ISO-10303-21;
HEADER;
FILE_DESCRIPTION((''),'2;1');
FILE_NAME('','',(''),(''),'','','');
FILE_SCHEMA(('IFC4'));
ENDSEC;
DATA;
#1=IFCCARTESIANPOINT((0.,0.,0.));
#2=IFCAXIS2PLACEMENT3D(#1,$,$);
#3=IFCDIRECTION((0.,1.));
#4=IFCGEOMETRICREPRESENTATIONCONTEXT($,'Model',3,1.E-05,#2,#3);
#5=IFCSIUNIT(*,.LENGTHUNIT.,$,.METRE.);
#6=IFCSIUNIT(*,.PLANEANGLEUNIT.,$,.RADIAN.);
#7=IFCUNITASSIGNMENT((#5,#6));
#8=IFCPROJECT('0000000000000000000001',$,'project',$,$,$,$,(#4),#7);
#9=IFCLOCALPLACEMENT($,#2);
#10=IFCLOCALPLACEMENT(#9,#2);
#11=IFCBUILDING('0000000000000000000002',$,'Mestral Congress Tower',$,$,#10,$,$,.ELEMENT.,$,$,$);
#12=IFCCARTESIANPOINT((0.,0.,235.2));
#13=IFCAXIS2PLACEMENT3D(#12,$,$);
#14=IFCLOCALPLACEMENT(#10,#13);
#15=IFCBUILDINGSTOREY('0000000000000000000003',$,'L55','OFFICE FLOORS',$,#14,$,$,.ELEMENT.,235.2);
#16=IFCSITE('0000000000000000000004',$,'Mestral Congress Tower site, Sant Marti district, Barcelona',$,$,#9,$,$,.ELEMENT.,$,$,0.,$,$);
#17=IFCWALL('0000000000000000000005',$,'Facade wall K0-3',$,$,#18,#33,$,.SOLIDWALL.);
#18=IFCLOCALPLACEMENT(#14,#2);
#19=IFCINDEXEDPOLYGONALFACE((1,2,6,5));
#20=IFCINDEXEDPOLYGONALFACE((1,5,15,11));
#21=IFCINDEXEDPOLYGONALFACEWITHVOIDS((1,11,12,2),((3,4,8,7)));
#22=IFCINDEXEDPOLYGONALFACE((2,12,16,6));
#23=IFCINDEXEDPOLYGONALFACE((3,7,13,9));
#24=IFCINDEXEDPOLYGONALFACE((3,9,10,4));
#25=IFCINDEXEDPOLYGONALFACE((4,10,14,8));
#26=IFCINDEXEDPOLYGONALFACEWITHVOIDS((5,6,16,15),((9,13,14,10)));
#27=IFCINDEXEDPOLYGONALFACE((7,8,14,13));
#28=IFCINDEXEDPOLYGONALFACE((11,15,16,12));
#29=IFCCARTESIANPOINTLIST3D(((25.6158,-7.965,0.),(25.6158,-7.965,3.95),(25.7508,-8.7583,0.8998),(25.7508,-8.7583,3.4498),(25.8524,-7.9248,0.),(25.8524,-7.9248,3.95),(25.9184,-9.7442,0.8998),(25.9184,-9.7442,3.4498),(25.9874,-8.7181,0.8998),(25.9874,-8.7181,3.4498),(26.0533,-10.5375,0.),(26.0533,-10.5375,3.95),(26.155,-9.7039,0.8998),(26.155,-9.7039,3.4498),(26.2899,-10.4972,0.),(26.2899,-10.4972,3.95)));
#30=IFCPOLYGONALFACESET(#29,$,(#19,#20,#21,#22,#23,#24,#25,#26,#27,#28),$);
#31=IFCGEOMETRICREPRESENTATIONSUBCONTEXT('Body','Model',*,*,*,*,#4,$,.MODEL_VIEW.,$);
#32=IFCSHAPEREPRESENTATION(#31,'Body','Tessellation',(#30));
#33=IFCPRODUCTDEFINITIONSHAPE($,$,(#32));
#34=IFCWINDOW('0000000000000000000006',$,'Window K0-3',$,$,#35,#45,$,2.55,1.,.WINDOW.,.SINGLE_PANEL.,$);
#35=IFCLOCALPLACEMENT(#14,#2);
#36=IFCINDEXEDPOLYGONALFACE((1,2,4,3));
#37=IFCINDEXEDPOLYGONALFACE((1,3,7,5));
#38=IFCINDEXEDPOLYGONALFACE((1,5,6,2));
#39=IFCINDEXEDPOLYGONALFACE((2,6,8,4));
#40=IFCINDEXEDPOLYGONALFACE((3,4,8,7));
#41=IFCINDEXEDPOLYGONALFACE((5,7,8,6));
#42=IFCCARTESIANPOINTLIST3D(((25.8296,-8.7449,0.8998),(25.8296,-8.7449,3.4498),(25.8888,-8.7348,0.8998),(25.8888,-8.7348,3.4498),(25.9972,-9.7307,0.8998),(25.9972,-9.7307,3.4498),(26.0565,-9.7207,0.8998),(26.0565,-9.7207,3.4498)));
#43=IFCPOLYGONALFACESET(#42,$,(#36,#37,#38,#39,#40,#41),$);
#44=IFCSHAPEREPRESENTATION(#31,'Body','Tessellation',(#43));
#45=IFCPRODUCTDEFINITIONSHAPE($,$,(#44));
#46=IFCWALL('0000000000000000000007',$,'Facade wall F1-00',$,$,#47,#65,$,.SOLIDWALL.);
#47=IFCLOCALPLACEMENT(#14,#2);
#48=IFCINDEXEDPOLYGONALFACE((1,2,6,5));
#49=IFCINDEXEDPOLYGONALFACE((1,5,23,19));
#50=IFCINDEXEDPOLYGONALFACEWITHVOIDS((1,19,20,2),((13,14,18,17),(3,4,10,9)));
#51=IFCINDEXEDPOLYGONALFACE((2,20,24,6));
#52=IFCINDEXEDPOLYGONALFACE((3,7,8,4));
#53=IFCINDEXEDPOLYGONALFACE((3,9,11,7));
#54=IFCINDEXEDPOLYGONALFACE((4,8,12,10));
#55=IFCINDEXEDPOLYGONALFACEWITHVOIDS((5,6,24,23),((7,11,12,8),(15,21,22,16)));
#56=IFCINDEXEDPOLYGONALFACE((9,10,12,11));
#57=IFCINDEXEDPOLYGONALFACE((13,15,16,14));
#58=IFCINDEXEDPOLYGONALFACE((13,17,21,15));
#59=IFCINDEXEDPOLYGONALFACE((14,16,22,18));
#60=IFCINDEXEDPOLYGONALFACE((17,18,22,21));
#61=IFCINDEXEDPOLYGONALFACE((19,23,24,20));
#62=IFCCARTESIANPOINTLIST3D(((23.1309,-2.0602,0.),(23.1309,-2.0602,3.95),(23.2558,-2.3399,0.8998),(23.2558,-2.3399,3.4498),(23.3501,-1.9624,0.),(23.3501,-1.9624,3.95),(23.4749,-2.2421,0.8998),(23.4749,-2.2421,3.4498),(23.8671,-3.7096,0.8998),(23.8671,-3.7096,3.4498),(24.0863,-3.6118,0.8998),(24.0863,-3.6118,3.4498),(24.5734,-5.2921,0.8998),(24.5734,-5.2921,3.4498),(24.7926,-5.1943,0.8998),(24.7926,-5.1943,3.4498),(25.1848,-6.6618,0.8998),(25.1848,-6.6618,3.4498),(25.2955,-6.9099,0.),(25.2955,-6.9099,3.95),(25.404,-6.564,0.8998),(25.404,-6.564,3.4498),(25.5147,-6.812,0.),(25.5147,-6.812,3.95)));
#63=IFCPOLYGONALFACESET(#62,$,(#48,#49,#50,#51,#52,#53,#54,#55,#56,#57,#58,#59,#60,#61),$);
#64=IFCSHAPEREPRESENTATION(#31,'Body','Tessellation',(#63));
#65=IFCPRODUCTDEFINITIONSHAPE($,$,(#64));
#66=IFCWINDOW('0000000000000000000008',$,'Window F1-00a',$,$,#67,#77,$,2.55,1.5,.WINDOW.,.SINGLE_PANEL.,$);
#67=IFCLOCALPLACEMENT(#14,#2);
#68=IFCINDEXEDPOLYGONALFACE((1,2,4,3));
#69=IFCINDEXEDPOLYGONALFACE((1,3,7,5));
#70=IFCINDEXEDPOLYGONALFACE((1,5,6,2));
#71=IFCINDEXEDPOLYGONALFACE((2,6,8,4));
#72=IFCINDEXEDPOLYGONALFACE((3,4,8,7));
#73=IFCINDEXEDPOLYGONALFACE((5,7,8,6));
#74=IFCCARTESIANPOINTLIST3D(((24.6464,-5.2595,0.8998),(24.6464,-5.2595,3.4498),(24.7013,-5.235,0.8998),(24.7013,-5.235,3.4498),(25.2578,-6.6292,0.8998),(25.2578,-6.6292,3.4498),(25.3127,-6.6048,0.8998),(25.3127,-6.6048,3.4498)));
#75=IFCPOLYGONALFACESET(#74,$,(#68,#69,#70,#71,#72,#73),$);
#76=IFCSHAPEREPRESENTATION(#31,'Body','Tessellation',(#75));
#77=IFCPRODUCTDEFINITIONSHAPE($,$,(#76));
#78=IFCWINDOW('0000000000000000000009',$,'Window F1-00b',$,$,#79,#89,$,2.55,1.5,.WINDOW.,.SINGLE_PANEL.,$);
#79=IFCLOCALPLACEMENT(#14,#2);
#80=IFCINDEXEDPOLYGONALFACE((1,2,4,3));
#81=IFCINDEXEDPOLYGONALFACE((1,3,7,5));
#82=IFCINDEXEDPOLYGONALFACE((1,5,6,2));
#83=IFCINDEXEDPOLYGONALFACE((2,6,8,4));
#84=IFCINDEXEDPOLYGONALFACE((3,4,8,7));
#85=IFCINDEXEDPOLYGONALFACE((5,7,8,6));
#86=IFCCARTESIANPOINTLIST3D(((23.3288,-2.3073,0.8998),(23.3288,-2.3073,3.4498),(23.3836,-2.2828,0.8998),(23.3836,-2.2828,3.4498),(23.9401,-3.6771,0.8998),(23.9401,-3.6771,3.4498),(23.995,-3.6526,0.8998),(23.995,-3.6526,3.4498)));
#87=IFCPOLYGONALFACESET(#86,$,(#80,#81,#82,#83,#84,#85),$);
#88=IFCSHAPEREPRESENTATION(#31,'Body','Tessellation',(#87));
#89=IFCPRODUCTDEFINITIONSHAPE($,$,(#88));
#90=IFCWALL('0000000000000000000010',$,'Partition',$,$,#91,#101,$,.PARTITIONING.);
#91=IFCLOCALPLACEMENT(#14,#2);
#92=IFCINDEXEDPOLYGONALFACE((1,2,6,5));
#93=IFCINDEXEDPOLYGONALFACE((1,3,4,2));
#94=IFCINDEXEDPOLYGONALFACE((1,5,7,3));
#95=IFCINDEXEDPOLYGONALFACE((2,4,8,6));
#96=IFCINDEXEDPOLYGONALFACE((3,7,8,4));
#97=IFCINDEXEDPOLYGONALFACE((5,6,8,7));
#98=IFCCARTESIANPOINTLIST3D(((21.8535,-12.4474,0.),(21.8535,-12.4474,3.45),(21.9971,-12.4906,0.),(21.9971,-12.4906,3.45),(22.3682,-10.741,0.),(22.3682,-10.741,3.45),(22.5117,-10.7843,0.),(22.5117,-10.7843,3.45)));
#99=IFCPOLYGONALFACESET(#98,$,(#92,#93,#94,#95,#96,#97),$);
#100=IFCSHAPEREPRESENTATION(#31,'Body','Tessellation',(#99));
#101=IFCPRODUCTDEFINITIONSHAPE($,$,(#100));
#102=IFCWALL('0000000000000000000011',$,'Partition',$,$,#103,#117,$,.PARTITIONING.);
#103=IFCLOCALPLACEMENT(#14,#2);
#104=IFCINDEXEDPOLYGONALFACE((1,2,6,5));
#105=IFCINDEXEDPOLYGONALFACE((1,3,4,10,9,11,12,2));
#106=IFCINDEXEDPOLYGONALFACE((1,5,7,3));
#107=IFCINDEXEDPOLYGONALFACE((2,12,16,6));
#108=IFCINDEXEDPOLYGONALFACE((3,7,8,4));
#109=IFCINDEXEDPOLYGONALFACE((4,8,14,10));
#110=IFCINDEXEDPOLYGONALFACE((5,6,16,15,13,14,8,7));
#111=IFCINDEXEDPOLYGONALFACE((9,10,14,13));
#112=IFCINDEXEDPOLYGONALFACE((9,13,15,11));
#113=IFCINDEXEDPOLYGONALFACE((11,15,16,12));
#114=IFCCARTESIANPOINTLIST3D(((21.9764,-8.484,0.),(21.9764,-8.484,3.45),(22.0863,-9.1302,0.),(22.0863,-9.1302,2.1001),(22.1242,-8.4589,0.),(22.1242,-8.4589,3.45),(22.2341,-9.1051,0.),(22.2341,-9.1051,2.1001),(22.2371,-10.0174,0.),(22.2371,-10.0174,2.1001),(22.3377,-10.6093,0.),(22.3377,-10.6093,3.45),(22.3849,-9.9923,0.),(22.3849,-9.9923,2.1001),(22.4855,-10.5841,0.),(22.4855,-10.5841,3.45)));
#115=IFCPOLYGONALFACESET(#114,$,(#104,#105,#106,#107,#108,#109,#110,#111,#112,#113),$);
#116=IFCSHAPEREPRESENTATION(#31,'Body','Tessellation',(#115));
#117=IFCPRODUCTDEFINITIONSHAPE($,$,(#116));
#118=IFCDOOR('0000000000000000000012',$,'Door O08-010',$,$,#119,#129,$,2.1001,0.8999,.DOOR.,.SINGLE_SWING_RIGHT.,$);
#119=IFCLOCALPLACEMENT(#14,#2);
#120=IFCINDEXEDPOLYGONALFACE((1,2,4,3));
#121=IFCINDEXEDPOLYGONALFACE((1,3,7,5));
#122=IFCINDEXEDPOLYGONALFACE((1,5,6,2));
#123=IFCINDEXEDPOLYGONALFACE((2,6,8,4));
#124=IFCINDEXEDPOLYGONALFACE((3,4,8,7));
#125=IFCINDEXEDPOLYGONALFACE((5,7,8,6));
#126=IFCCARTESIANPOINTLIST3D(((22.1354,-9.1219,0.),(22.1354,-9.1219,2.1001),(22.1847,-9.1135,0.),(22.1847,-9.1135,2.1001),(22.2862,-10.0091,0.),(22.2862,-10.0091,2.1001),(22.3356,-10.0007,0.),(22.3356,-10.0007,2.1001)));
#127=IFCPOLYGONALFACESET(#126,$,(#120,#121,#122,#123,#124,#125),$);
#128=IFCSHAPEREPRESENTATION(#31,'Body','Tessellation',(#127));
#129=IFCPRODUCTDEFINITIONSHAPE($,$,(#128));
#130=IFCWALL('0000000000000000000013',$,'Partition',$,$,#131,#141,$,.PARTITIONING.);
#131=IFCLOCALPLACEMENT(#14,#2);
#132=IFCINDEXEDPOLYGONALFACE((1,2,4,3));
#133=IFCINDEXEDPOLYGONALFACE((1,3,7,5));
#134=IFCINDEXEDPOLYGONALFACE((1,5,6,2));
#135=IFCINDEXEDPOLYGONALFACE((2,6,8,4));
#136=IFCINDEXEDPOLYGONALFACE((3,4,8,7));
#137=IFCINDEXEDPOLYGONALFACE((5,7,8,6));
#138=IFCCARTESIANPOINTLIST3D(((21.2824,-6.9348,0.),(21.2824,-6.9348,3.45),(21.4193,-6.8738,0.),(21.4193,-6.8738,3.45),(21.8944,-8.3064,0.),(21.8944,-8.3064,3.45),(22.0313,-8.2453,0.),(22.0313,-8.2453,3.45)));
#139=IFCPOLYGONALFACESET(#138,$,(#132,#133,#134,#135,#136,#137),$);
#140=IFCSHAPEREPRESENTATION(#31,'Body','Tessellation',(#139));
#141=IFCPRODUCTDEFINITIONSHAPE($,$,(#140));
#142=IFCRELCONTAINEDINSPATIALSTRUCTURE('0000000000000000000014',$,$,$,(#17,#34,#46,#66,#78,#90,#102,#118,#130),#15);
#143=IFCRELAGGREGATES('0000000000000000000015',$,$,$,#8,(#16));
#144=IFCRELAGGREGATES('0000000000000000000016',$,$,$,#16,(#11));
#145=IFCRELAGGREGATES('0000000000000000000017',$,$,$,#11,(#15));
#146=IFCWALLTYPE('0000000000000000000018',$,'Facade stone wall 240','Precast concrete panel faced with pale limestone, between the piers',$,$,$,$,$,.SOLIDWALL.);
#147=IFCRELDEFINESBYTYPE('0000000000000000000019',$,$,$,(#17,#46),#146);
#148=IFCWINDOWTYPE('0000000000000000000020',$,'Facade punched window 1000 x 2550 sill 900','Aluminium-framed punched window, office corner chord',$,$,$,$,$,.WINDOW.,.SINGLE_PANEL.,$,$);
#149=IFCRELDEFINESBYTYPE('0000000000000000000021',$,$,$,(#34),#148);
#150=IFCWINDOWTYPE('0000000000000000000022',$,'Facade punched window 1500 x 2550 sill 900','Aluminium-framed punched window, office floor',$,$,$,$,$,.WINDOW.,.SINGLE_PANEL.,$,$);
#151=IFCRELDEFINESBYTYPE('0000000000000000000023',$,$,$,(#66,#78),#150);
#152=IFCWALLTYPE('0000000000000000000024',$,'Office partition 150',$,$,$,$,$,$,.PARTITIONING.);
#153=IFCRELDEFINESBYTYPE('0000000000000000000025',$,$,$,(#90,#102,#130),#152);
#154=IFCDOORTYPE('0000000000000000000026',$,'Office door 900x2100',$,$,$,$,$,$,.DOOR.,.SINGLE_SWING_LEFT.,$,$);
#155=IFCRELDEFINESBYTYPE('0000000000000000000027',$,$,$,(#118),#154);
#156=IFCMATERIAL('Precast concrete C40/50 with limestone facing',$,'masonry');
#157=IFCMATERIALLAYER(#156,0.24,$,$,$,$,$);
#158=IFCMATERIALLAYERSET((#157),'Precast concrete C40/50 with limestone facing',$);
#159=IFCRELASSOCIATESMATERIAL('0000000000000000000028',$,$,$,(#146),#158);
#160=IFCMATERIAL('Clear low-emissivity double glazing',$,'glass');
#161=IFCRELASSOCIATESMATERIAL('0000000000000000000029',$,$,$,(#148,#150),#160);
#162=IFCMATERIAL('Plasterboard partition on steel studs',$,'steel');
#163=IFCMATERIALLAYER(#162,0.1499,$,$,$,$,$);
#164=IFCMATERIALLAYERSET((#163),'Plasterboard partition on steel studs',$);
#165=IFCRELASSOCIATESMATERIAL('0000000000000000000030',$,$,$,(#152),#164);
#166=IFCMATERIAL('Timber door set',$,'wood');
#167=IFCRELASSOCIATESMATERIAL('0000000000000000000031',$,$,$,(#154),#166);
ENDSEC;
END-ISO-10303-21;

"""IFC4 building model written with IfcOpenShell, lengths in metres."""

from ifc_helpers import new_model, si_unit, direction, frame, frame_2d, origin, place, context, subcontext, project, spatial, rectangle, extrude, material, layer, layer_set, type_object, element, fill, save


model = new_model("IFC4")

# Units and contexts
model_context = context("Model", 3, precision=1e-05, world=origin(), true_north=direction((0.0, 1.0)))
body_context = subcontext(model_context, "Body", "Model", "MODEL_VIEW")
ifc_project = project(units=[si_unit("LENGTHUNIT", "METRE"), si_unit("PLANEANGLEUNIT", "RADIAN")], contexts=[model_context])

# Site, building, storey
site_placement = place(None, origin())
site = spatial("IfcSite", under=ifc_project, at=site_placement, Name="Mestral Congress Tower site, Sant Marti district, Barcelona", CompositionType="ELEMENT", RefElevation=0.0)
building_placement = place(site_placement, origin())
building = spatial("IfcBuilding", under=site, at=building_placement, Name="Mestral Congress Tower", CompositionType="ELEMENT")
storey_placement = place(building_placement, frame((0.0, 0.0, 235.2)))
storey = spatial("IfcBuildingStorey", under=building, at=storey_placement, Name="L55", Description="OFFICE FLOORS", CompositionType="ELEMENT", Elevation=235.2)

# Wall, opening, window
ifc_material_1 = material(Name="Precast concrete C40/50 with limestone facing", Category="masonry")
ifc_layer_1 = layer(ifc_material_1, 0.24)
ifc_layer_set_1 = layer_set([ifc_layer_1], Name="Precast concrete C40/50 with limestone facing")
wall_type_1 = type_object("IfcWallType", Name="Facade stone wall 240", Description="Precast concrete panel faced with pale limestone, between the piers", PredefinedType="SOLIDWALL", material=ifc_layer_set_1)
ifc_material_2 = material(Name="Clear low-emissivity double glazing", Category="glass")
window_type_1 = type_object("IfcWindowType", Name="Facade punched window 1000 x 2550 sill 900", Description="Aluminium-framed punched window, office corner chord", PartitioningType="SINGLE_PANEL", PredefinedType="WINDOW", material=ifc_material_2)
wall_1_placement = place(storey_placement, frame((26.1716, -10.5173, 0.0), z_axis=(0.0, 0.0, 1.0), x_axis=(-0.16766, 0.985845, 0.0)))
wall_1 = element("IfcWall", 1, at=wall_1_placement, inside=storey, type_object=wall_type_1, Name="Facade wall K0-3", PredefinedType="SOLIDWALL", context=body_context, shape_type="SweptSolid", body=[
    extrude(rectangle(XDim=2.6094, YDim=0.24, at=frame_2d((1.3047, 0.0))), origin(), (0.0, 0.0, 1.0), 3.95),
])
opening_1_placement = place(wall_1_placement, frame((0.8047, 0.0, 0.8999)))
opening_1 = element("IfcOpeningElement", 2, at=opening_1_placement, cuts=wall_1, PredefinedType="OPENING", context=body_context, shape_type="SweptSolid", body=[
    extrude(rectangle(XDim=1.0, YDim=2.55, at=frame_2d((0.5, 1.2749))), frame((0.0, 0.1299, 0.0), z_axis=(0.0, -1.0, 0.0), x_axis=(1.0, 0.0, 0.0)), (0.0, 0.0, 1.0), 0.26),
])
window_1_placement = place(opening_1_placement, origin())
window_1 = element("IfcWindow", 3, at=window_1_placement, inside=storey, type_object=window_type_1, Name="Window K0-3", OverallHeight=2.55, OverallWidth=1.0, PartitioningType="SINGLE_PANEL", PredefinedType="WINDOW", context=body_context, shape_type="SweptSolid", body=[
    extrude(rectangle(XDim=1.0, YDim=2.55, at=frame_2d((0.5, 1.2749))), frame((0.0, 0.04, 0.0), z_axis=(0.0, -1.0, 0.0), x_axis=(1.0, 0.0, 0.0)), (0.0, 0.0, 1.0), 0.0601),
])
fill(opening_1, window_1)

# Wall, openings, windows
wall_2_placement = place(storey_placement, frame((25.405, -6.8608, 0.0), z_axis=(0.0, 0.0, 1.0), x_axis=(-0.40758, 0.91317, 0.0)))
wall_2 = element("IfcWall", 4, at=wall_2_placement, inside=storey, type_object=wall_type_1, Name="Facade wall F1-00", PredefinedType="SOLIDWALL", context=body_context, shape_type="SweptSolid", body=[
    extrude(rectangle(XDim=5.3108, YDim=0.24, at=frame_2d((2.6553, 0.0))), origin(), (0.0, 0.0, 1.0), 3.95),
])
opening_2_placement = place(wall_2_placement, frame((0.2715, 0.0, 0.8999)))
opening_2 = element("IfcOpeningElement", 5, at=opening_2_placement, cuts=wall_2, PredefinedType="OPENING", context=body_context, shape_type="SweptSolid", body=[
    extrude(rectangle(XDim=1.5, YDim=2.55, at=frame_2d((0.75, 1.2749))), frame((0.0, 0.1299, 0.0), z_axis=(0.0, -1.0, 0.0), x_axis=(1.0, 0.0, 0.0)), (0.0, 0.0, 1.0), 0.26),
])
opening_3_placement = place(wall_2_placement, frame((3.5044, 0.0, 0.8999)))
opening_3 = element("IfcOpeningElement", 6, at=opening_3_placement, cuts=wall_2, PredefinedType="OPENING", context=body_context, shape_type="SweptSolid", body=[
    extrude(rectangle(XDim=1.5, YDim=2.55, at=frame_2d((0.75, 1.2749))), frame((0.0, 0.1299, 0.0), z_axis=(0.0, -1.0, 0.0), x_axis=(1.0, 0.0, 0.0)), (0.0, 0.0, 1.0), 0.26),
])
window_type_2 = type_object("IfcWindowType", Name="Facade punched window 1500 x 2550 sill 900", Description="Aluminium-framed punched window, office floor", PartitioningType="SINGLE_PANEL", PredefinedType="WINDOW", material=ifc_material_2)
window_2_placement = place(opening_2_placement, origin())
window_2 = element("IfcWindow", 7, at=window_2_placement, inside=storey, type_object=window_type_2, Name="Window F1-00a", OverallHeight=2.55, OverallWidth=1.5, PartitioningType="SINGLE_PANEL", PredefinedType="WINDOW", context=body_context, shape_type="SweptSolid", body=[
    extrude(rectangle(XDim=1.5, YDim=2.55, at=frame_2d((0.75, 1.2749))), frame((0.0, 0.04, 0.0), z_axis=(0.0, -1.0, 0.0), x_axis=(1.0, 0.0, 0.0)), (0.0, 0.0, 1.0), 0.0601),
])
fill(opening_2, window_2)
window_3_placement = place(opening_3_placement, origin())
window_3 = element("IfcWindow", 8, at=window_3_placement, inside=storey, type_object=window_type_2, Name="Window F1-00b", OverallHeight=2.55, OverallWidth=1.5, PartitioningType="SINGLE_PANEL", PredefinedType="WINDOW", context=body_context, shape_type="SweptSolid", body=[
    extrude(rectangle(XDim=1.5, YDim=2.55, at=frame_2d((0.75, 1.2749))), frame((0.0, 0.04, 0.0), z_axis=(0.0, -1.0, 0.0), x_axis=(1.0, 0.0, 0.0)), (0.0, 0.0, 1.0), 0.0601),
])
fill(opening_3, window_3)

# Wall
ifc_material_3 = material(Name="Plasterboard partition on steel studs", Category="steel")
ifc_layer_2 = layer(ifc_material_3, 0.1499)
ifc_layer_set_2 = layer_set([ifc_layer_2], Name="Plasterboard partition on steel studs")
wall_type_2 = type_object("IfcWallType", Name="Office partition 150", PredefinedType="PARTITIONING", material=ifc_layer_set_2)
wall_3_placement = place(storey_placement, frame((21.9253, -12.469, 0.0), z_axis=(0.0, 0.0, 1.0), x_axis=(0.288768, 0.957399, 0.0)))
element("IfcWall", 9, at=wall_3_placement, inside=storey, type_object=wall_type_2, Name="Partition", PredefinedType="PARTITIONING", context=body_context, shape_type="SweptSolid", body=[
    extrude(rectangle(XDim=1.7822, YDim=0.1499, at=frame_2d((0.8911, 0.0))), origin(), (0.0, 0.0, 1.0), 3.45),
])

# Wall, opening, door
wall_4_placement = place(storey_placement, frame((22.0503, -8.4714, 0.0), z_axis=(0.0, 0.0, 1.0), x_axis=(0.167612, -0.985853, 0.0)))
wall_4 = element("IfcWall", 10, at=wall_4_placement, inside=storey, type_object=wall_type_2, Name="Partition", PredefinedType="PARTITIONING", context=body_context, shape_type="SweptSolid", body=[
    extrude(rectangle(XDim=2.1558, YDim=0.1499, at=frame_2d((1.0779, 0.0))), origin(), (0.0, 0.0, 1.0), 3.45),
])
opening_4_placement = place(wall_4_placement, frame((0.6555, 0.0, 0.0)))
opening_4 = element("IfcOpeningElement", 11, at=opening_4_placement, cuts=wall_4, PredefinedType="OPENING", context=body_context, shape_type="SweptSolid", body=[
    extrude(rectangle(XDim=0.8999, YDim=2.1001, at=frame_2d((0.45, 1.05))), frame((0.0, 0.085, 0.0), z_axis=(0.0, -1.0, 0.0), x_axis=(1.0, 0.0, 0.0)), (0.0, 0.0, 1.0), 0.1699),
])
ifc_material_4 = material(Name="Timber door set", Category="wood")
door_type = type_object("IfcDoorType", Name="Office door 900x2100", OperationType="SINGLE_SWING_LEFT", PredefinedType="DOOR", material=ifc_material_4)
door_placement = place(opening_4_placement, origin())
door = element("IfcDoor", 12, at=door_placement, inside=storey, type_object=door_type, Name="Door O08-010", OperationType="SINGLE_SWING_RIGHT", OverallHeight=2.1001, OverallWidth=0.8999, PredefinedType="DOOR", context=body_context, shape_type="SweptSolid", body=[
    extrude(rectangle(XDim=0.8999, YDim=2.1001, at=frame_2d((0.45, 1.05))), frame((0.0, 0.0249, 0.0), z_axis=(0.0, -1.0, 0.0), x_axis=(1.0, 0.0, 0.0)), (0.0, 0.0, 1.0), 0.05),
])
fill(opening_4, door)

# Wall
wall_5_placement = place(storey_placement, frame((21.9629, -8.2759, 0.0), z_axis=(0.0, 0.0, 1.0), x_axis=(-0.40751, 0.913201, 0.0)))
element("IfcWall", 13, at=wall_5_placement, inside=storey, type_object=wall_type_2, Name="Partition", PredefinedType="PARTITIONING", context=body_context, shape_type="SweptSolid", body=[
    extrude(rectangle(XDim=1.502, YDim=0.1499, at=frame_2d((0.751, 0.0))), origin(), (0.0, 0.0, 1.0), 3.45),
])

save(model, "model.ifc")
